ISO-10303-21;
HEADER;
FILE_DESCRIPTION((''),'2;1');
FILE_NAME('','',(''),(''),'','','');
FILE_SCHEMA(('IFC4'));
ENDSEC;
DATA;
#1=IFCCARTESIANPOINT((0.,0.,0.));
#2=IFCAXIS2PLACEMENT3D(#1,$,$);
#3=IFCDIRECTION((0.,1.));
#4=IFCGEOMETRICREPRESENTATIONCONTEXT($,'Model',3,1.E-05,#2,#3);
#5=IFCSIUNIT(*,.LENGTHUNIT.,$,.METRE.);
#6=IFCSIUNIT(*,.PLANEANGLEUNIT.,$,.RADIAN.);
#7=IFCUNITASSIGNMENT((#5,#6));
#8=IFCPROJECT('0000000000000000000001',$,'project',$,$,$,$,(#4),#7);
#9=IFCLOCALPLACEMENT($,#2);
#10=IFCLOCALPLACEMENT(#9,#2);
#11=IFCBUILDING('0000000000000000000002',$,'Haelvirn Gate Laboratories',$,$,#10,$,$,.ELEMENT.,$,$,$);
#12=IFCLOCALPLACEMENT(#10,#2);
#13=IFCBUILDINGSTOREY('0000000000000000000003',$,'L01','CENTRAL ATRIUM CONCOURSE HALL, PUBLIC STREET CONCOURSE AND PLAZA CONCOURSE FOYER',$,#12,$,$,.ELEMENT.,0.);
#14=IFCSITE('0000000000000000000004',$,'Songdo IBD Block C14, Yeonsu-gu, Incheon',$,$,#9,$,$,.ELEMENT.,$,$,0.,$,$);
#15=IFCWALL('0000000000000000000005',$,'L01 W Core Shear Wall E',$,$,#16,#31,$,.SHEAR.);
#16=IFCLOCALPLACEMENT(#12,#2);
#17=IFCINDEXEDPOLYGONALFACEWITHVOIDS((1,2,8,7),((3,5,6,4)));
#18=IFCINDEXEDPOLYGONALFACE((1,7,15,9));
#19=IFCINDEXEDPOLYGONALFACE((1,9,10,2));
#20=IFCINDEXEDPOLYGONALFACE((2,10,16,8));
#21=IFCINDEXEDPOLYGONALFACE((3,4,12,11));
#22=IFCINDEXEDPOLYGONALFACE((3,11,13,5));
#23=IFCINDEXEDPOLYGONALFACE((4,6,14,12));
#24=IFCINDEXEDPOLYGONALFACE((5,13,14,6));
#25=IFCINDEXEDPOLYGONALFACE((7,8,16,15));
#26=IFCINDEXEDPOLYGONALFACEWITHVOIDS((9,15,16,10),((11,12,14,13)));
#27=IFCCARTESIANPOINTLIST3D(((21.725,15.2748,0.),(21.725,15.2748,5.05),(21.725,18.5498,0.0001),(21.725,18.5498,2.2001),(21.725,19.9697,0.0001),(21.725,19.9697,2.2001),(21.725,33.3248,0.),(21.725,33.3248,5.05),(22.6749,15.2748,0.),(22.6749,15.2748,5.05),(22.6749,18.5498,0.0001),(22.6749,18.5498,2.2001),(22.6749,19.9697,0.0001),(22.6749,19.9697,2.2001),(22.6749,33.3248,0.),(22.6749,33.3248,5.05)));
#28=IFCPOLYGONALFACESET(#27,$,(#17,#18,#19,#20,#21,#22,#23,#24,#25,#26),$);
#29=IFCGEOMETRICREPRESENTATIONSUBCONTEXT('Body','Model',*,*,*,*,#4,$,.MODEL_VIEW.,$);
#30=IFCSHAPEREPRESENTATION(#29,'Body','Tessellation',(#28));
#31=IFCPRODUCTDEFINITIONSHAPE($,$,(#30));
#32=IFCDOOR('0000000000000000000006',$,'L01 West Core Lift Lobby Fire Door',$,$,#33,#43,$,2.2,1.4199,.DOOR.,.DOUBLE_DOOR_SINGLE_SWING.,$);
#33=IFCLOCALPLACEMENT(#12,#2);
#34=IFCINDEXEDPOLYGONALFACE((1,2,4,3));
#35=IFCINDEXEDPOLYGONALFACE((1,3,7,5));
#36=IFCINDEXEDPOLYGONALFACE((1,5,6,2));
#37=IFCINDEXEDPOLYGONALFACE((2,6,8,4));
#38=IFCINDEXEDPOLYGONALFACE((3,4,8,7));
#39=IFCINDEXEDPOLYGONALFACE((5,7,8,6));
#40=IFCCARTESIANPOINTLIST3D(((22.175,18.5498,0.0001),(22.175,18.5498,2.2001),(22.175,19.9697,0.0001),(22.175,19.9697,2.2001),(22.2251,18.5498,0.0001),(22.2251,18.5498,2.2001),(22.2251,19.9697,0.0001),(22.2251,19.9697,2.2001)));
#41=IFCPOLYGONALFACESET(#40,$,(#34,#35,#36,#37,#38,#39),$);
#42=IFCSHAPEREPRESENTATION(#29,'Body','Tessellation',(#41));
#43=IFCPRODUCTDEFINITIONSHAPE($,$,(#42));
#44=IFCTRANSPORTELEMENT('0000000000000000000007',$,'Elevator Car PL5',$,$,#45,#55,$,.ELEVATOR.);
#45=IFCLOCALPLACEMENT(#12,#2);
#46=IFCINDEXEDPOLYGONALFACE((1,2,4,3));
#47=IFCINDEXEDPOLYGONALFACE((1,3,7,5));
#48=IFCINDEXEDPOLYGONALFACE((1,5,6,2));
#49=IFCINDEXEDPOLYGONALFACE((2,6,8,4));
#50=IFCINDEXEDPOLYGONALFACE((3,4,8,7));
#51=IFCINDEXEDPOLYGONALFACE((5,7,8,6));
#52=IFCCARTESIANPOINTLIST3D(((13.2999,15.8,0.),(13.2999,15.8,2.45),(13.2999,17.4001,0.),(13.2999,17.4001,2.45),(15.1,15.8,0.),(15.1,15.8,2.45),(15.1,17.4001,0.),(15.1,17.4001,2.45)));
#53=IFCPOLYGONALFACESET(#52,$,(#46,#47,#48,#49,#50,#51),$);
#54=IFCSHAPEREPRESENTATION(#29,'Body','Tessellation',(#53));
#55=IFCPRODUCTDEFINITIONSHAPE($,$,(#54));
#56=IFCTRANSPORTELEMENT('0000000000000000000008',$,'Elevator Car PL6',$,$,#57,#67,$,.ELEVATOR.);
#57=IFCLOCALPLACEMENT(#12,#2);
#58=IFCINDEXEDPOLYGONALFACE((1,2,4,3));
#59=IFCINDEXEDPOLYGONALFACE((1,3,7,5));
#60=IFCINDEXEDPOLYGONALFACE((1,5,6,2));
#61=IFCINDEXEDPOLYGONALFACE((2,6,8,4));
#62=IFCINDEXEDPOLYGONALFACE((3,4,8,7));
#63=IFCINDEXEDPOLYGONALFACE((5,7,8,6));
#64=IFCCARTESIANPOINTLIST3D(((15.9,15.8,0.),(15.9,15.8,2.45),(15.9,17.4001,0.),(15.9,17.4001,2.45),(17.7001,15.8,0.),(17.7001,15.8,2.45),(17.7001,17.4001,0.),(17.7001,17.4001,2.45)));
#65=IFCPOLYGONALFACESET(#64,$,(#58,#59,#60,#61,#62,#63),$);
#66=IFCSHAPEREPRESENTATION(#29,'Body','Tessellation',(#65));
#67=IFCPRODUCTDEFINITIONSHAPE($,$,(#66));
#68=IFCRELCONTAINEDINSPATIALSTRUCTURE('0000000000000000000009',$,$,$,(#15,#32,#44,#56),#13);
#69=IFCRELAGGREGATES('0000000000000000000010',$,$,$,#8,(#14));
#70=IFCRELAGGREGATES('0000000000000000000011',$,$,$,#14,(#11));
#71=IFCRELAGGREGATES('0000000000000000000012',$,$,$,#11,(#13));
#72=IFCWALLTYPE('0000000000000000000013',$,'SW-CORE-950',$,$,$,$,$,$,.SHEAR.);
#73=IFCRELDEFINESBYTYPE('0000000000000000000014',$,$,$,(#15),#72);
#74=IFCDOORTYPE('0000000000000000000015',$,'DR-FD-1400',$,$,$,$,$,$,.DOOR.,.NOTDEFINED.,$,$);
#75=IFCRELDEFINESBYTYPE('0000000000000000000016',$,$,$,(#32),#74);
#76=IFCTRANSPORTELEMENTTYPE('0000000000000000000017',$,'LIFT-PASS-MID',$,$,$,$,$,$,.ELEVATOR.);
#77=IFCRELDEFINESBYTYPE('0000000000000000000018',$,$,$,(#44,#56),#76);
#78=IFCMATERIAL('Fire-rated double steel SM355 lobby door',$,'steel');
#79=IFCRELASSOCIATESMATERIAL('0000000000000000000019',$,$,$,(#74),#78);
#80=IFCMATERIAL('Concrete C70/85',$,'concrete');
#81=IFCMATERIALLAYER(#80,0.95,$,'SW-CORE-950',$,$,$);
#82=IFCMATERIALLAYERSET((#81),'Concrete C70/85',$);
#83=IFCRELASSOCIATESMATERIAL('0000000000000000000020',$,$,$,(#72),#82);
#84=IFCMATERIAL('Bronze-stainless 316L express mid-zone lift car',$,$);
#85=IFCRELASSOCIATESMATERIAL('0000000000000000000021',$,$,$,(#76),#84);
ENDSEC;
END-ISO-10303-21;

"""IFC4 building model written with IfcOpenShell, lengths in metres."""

from ifc_helpers import new_model, si_unit, direction, frame, frame_2d, origin, origin_2d, place, context, subcontext, project, spatial, rectangle, extrude, source, transform, mapped, material, layer, layer_set, type_object, type_shapes, element, fill, save


model = new_model("IFC4")

# Units and contexts
model_context = context("Model", 3, precision=1e-05, world=origin(), true_north=direction((0.0, 1.0)))
body_context = subcontext(model_context, "Body", "Model", "MODEL_VIEW")
ifc_project = project(units=[si_unit("LENGTHUNIT", "METRE"), si_unit("PLANEANGLEUNIT", "RADIAN")], contexts=[model_context])

# Site, building, storey
site_placement = place(None, origin())
site = spatial("IfcSite", under=ifc_project, at=site_placement, Name="Songdo IBD Block C14, Yeonsu-gu, Incheon", CompositionType="ELEMENT", RefElevation=0.0)
building_placement = place(site_placement, origin())
building = spatial("IfcBuilding", under=site, at=building_placement, Name="Haelvirn Gate Laboratories", CompositionType="ELEMENT")
storey_placement = place(building_placement, origin())
storey = spatial("IfcBuildingStorey", under=building, at=storey_placement, Name="L01", Description="CENTRAL ATRIUM CONCOURSE HALL, PUBLIC STREET CONCOURSE AND PLAZA CONCOURSE FOYER", CompositionType="ELEMENT", Elevation=0.0)

# Shared definitions
ifc_material_1 = material(Name="Concrete C70/85", Category="concrete")

# Wall, opening, door
ifc_material_2 = material(Name="Fire-rated double steel SM355 lobby door", Category="steel")
door_type_1 = type_object("IfcDoorType", Name="DR-FD-1400", OperationType="NOTDEFINED", PredefinedType="DOOR", material=ifc_material_2)
shared_shape_1 = source(origin(), body_context, "Body", "SweptSolid", [
    extrude(rectangle(XDim=1.4199, YDim=2.2, at=frame_2d((0.71, 1.1001))), frame((0.0, 0.0249, 0.0), z_axis=(0.0, -1.0, 0.0), x_axis=(1.0, 0.0, 0.0)), (0.0, 0.0, 1.0), 0.05),
])
type_shapes(door_type_1, [shared_shape_1])
ifc_layer_1 = layer(ifc_material_1, 0.95, Name="SW-CORE-950")
ifc_layer_set_1 = layer_set([ifc_layer_1], Name="Concrete C70/85")
wall_type_1 = type_object("IfcWallType", Name="SW-CORE-950", PredefinedType="SHEAR", material=ifc_layer_set_1)
wall_1_placement = place(storey_placement, frame((22.2, 15.2749, 0.0), z_axis=(0.0, 0.0, 1.0), x_axis=(0.0, 1.0, 0.0)))
wall_1 = element("IfcWall", 1, at=wall_1_placement, inside=storey, type_object=wall_type_1, Name="L01 W Core Shear Wall E", PredefinedType="SHEAR", context=body_context, shape_type="SweptSolid", body=[
    extrude(rectangle(XDim=18.05, YDim=0.95, at=frame_2d((9.0249, 0.0))), origin(), (0.0, 0.0, 1.0), 5.05),
])
opening_1_placement = place(wall_1_placement, frame((3.2749, 0.0, 0.0)))
opening_1 = element("IfcOpeningElement", 2, at=opening_1_placement, cuts=wall_1, PredefinedType="OPENING", context=body_context, shape_type="SweptSolid", body=[
    extrude(rectangle(XDim=1.4199, YDim=2.2, at=frame_2d((0.71, 1.1001))), frame((0.0, 0.4849, 0.0), z_axis=(0.0, -1.0, 0.0), x_axis=(1.0, 0.0, 0.0)), (0.0, 0.0, 1.0), 0.97),
])
door_1_placement = place(opening_1_placement, origin())
door_1 = element("IfcDoor", 3, at=door_1_placement, inside=storey, type_object=door_type_1, Name="L01 West Core Lift Lobby Fire Door", OperationType="DOUBLE_DOOR_SINGLE_SWING", OverallHeight=2.2, OverallWidth=1.4199, PredefinedType="DOOR", context=body_context, shape_type="MappedRepresentation", body=[
    mapped(shared_shape_1, transform((0.0, 0.0, 0.0), scale=1.0)),
])
fill(opening_1, door_1)

# Transport elements
ifc_material_3 = material(Name="Bronze-stainless 316L express mid-zone lift car")
transport_element_type = type_object("IfcTransportElementType", Name="LIFT-PASS-MID", PredefinedType="ELEVATOR", material=ifc_material_3)
shared_shape_2 = source(origin(), body_context, "Body", "SweptSolid", [
    extrude(rectangle(XDim=1.8, YDim=1.6001, at=origin_2d()), origin(), (0.0, 0.0, 1.0), 2.45),
])
type_shapes(transport_element_type, [shared_shape_2])
for number, where, z_axis, x_axis, name in (
    (4, (14.2, 16.6001, 0.0), (0.0, 0.0, 1.0), (1.0, 0.0, 0.0), "Elevator Car PL5"),
    (5, (16.8, 16.6001, 0.0), (0.0, 0.0, 1.0), (1.0, 0.0, 0.0), "Elevator Car PL6"),
):
    element("IfcTransportElement", number, at=place(storey_placement, frame(where, z_axis=z_axis, x_axis=x_axis)), inside=storey, type_object=transport_element_type, Name=name, PredefinedType="ELEVATOR", context=body_context, shape_type="MappedRepresentation", body=[
        mapped(shared_shape_2, transform((0.0, 0.0, 0.0), scale=1.0)),
    ])

save(model, "model.ifc")
